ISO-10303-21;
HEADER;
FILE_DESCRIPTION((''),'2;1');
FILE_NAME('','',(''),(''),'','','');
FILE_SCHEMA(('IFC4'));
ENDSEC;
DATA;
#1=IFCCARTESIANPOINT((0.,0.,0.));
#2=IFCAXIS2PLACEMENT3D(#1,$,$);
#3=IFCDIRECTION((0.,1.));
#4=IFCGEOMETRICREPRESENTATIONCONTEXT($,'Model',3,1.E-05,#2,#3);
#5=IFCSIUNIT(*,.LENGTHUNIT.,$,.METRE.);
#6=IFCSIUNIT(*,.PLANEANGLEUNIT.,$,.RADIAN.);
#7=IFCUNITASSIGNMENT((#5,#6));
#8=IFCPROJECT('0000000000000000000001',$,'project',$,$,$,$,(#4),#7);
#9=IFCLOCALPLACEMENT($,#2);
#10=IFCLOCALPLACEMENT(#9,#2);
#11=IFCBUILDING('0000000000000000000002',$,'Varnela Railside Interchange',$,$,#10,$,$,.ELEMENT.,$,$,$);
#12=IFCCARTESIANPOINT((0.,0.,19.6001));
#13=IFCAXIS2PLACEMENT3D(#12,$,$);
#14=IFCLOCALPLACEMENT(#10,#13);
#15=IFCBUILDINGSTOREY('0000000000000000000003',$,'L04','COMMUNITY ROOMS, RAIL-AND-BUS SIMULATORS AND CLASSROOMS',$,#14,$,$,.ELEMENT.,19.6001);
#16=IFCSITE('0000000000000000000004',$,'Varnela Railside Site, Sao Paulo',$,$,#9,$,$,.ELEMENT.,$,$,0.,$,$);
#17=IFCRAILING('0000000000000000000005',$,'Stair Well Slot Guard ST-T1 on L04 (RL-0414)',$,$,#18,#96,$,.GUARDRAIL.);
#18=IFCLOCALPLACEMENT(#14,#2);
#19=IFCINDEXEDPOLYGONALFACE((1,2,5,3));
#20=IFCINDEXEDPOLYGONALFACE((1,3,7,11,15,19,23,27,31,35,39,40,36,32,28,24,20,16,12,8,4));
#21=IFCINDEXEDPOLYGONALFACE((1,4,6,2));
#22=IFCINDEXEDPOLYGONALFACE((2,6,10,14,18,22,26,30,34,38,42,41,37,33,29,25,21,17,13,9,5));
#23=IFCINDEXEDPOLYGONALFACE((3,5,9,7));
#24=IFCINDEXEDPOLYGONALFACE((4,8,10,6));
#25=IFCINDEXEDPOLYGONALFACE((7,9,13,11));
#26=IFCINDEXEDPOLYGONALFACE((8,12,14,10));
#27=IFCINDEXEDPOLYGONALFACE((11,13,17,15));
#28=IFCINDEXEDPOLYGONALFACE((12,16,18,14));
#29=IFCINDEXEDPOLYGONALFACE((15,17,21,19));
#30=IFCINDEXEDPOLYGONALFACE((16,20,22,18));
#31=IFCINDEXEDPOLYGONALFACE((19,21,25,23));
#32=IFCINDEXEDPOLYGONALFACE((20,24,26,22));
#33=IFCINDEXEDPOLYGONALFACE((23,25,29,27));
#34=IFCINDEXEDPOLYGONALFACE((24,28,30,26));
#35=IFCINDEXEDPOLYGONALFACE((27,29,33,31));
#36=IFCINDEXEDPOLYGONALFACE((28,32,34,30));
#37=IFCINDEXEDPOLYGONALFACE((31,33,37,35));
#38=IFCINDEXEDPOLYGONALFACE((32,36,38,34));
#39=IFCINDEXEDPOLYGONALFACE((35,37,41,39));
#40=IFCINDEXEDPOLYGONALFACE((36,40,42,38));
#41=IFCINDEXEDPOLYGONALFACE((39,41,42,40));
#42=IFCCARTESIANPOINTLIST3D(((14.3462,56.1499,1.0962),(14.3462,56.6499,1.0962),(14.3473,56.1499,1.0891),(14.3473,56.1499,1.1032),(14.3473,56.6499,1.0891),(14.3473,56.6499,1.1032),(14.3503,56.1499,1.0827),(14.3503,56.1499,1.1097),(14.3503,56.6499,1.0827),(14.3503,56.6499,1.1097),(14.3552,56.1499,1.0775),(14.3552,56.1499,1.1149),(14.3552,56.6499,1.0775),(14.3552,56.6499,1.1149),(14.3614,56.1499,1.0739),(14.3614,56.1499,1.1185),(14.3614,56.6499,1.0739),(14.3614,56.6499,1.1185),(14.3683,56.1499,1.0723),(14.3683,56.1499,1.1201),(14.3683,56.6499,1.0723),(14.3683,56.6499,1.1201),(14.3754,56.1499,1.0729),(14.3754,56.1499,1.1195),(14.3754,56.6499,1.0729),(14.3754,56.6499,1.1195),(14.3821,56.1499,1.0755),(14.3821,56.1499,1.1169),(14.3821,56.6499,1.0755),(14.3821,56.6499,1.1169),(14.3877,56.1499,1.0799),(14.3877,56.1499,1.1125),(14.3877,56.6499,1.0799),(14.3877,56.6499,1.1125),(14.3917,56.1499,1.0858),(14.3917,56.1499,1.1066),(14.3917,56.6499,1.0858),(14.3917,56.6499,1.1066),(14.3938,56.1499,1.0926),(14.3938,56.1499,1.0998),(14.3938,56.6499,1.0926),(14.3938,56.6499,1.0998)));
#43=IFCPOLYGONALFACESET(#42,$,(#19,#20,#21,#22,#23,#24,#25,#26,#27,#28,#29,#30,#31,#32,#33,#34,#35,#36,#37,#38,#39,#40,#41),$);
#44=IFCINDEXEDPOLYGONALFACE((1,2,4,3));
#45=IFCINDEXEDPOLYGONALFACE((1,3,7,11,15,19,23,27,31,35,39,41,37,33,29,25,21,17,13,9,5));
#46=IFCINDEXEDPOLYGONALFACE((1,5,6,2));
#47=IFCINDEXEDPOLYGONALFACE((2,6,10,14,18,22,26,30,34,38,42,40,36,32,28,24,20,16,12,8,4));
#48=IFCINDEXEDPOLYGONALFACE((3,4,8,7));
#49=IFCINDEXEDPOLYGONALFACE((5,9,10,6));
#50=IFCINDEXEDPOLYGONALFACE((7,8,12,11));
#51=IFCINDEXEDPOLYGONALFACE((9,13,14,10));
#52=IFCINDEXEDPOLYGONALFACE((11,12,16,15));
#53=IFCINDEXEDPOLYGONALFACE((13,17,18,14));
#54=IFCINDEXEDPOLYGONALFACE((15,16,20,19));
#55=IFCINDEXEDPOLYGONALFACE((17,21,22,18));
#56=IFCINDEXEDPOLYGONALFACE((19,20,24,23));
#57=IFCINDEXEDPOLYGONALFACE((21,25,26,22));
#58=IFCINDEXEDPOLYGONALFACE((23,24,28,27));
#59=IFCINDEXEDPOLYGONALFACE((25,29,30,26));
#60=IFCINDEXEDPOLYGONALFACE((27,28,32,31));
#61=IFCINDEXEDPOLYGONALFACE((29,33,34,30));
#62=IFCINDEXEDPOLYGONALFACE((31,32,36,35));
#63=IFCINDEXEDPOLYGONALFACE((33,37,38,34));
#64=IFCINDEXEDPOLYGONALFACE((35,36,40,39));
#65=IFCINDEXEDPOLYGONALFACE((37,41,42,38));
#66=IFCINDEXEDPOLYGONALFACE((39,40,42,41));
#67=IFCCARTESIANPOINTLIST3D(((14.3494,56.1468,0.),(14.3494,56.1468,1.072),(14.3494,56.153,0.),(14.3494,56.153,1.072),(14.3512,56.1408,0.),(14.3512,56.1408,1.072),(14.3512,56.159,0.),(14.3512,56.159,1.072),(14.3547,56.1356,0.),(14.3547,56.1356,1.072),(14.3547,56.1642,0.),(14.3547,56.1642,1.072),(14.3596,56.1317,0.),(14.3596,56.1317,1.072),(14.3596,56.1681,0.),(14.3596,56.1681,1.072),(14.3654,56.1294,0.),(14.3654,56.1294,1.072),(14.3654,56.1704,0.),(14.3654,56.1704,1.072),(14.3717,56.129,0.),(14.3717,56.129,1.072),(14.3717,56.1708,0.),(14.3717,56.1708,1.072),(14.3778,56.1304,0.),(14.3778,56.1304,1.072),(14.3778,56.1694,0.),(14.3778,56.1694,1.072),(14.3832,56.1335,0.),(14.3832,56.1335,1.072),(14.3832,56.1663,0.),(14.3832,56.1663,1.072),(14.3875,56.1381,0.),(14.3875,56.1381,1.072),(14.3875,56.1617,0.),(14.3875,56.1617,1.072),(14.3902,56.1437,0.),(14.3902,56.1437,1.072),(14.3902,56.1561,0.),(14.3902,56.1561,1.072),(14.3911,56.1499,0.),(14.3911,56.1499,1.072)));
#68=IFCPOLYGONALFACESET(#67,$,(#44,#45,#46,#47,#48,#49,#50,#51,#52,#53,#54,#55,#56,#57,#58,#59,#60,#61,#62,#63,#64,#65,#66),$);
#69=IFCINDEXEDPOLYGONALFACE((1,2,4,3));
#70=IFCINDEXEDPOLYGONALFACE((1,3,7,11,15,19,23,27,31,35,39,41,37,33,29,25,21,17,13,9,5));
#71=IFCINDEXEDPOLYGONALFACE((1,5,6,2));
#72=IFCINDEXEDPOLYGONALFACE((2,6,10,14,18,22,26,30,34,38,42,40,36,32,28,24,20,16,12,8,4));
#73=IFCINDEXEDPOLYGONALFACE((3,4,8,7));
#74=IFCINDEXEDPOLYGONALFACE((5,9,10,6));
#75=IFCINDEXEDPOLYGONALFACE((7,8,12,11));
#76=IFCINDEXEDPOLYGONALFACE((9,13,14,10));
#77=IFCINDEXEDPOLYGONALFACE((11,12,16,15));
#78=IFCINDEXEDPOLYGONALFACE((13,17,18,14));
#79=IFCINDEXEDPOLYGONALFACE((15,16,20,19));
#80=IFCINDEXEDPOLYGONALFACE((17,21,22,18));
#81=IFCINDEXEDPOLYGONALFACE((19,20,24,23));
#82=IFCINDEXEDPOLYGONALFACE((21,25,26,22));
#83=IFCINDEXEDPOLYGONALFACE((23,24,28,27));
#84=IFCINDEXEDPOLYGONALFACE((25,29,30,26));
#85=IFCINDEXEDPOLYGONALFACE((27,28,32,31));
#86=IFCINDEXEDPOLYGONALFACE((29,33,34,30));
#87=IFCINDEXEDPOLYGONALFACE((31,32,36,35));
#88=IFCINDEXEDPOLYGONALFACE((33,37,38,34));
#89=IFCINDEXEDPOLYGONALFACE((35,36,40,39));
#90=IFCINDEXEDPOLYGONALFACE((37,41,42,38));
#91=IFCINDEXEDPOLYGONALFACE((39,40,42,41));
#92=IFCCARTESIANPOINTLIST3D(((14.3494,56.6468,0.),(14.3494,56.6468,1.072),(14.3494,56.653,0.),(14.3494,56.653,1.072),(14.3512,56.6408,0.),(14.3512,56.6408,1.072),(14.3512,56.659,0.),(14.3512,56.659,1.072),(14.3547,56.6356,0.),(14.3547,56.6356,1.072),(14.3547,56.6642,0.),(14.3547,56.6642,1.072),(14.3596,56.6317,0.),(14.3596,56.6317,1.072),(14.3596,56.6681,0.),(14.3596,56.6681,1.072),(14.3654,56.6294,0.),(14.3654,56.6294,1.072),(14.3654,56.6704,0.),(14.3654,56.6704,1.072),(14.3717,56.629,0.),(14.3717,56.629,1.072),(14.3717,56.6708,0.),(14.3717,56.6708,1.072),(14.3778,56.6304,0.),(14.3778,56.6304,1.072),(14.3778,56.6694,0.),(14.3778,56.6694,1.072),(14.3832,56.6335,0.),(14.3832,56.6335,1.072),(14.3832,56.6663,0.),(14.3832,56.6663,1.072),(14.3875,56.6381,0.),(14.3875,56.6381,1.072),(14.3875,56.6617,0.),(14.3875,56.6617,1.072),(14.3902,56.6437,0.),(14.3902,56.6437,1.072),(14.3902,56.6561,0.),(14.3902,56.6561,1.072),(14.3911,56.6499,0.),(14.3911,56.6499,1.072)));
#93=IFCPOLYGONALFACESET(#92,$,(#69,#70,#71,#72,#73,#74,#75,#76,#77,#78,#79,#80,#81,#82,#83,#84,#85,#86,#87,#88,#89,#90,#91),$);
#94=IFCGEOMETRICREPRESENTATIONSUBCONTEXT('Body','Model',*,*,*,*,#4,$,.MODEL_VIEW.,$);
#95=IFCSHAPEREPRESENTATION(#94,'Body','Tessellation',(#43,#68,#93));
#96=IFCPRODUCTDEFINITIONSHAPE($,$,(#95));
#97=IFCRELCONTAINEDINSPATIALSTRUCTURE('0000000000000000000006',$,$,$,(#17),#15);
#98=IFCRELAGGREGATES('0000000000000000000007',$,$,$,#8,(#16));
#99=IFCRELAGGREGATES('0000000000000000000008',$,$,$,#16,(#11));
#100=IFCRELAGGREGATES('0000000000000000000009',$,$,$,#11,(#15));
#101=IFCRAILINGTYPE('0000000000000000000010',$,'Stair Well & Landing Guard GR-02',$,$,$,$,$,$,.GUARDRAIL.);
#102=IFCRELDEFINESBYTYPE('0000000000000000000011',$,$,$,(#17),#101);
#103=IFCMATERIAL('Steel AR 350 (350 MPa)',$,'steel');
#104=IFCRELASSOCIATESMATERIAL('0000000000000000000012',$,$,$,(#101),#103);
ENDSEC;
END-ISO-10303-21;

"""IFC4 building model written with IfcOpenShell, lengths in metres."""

from ifc_helpers import new_model, si_unit, direction, frame, origin, origin_2d, place, context, subcontext, project, spatial, circle, extrude, material, type_object, element, save


model = new_model("IFC4")

# Units and contexts
model_context = context("Model", 3, precision=1e-05, world=origin(), true_north=direction((0.0, 1.0)))
body_context = subcontext(model_context, "Body", "Model", "MODEL_VIEW")
ifc_project = project(units=[si_unit("LENGTHUNIT", "METRE"), si_unit("PLANEANGLEUNIT", "RADIAN")], contexts=[model_context])

# Site, building, storey
site_placement = place(None, origin())
site = spatial("IfcSite", under=ifc_project, at=site_placement, Name="Varnela Railside Site, Sao Paulo", CompositionType="ELEMENT", RefElevation=0.0)
building_placement = place(site_placement, origin())
building = spatial("IfcBuilding", under=site, at=building_placement, Name="Varnela Railside Interchange", CompositionType="ELEMENT")
storey_placement = place(building_placement, frame((0.0, 0.0, 19.6001)))
storey = spatial("IfcBuildingStorey", under=building, at=storey_placement, Name="L04", Description="COMMUNITY ROOMS, RAIL-AND-BUS SIMULATORS AND CLASSROOMS", CompositionType="ELEMENT", Elevation=19.6001)

# Shared definitions
ifc_material_1 = material(Name="Steel AR 350 (350 MPa)", Category="steel")

# Railing
railing_type_1 = type_object("IfcRailingType", Name="Stair Well & Landing Guard GR-02", PredefinedType="GUARDRAIL", material=ifc_material_1)
railing_1_placement = place(storey_placement, frame((14.3701, 56.1499, 0.0)))
element("IfcRailing", 1, at=railing_1_placement, inside=storey, type_object=railing_type_1, Name="Stair Well Slot Guard ST-T1 on L04 (RL-0414)", PredefinedType="GUARDRAIL", context=body_context, shape_type="SweptSolid", body=[
    extrude(circle(Radius=0.0239, at=origin_2d()), frame((0.0, 0.0, 1.0962), z_axis=(0.0, 1.0, 0.0), x_axis=(-1.0, 0.0, 0.0)), (0.0, 0.0, 1.0), 0.5),
    extrude(circle(Radius=0.021, at=origin_2d()), origin(), (0.0, 0.0, 1.0), 1.072),
    extrude(circle(Radius=0.021, at=origin_2d()), frame((0.0, 0.5, 0.0)), (0.0, 0.0, 1.0), 1.072),
])

save(model, "model.ifc")
